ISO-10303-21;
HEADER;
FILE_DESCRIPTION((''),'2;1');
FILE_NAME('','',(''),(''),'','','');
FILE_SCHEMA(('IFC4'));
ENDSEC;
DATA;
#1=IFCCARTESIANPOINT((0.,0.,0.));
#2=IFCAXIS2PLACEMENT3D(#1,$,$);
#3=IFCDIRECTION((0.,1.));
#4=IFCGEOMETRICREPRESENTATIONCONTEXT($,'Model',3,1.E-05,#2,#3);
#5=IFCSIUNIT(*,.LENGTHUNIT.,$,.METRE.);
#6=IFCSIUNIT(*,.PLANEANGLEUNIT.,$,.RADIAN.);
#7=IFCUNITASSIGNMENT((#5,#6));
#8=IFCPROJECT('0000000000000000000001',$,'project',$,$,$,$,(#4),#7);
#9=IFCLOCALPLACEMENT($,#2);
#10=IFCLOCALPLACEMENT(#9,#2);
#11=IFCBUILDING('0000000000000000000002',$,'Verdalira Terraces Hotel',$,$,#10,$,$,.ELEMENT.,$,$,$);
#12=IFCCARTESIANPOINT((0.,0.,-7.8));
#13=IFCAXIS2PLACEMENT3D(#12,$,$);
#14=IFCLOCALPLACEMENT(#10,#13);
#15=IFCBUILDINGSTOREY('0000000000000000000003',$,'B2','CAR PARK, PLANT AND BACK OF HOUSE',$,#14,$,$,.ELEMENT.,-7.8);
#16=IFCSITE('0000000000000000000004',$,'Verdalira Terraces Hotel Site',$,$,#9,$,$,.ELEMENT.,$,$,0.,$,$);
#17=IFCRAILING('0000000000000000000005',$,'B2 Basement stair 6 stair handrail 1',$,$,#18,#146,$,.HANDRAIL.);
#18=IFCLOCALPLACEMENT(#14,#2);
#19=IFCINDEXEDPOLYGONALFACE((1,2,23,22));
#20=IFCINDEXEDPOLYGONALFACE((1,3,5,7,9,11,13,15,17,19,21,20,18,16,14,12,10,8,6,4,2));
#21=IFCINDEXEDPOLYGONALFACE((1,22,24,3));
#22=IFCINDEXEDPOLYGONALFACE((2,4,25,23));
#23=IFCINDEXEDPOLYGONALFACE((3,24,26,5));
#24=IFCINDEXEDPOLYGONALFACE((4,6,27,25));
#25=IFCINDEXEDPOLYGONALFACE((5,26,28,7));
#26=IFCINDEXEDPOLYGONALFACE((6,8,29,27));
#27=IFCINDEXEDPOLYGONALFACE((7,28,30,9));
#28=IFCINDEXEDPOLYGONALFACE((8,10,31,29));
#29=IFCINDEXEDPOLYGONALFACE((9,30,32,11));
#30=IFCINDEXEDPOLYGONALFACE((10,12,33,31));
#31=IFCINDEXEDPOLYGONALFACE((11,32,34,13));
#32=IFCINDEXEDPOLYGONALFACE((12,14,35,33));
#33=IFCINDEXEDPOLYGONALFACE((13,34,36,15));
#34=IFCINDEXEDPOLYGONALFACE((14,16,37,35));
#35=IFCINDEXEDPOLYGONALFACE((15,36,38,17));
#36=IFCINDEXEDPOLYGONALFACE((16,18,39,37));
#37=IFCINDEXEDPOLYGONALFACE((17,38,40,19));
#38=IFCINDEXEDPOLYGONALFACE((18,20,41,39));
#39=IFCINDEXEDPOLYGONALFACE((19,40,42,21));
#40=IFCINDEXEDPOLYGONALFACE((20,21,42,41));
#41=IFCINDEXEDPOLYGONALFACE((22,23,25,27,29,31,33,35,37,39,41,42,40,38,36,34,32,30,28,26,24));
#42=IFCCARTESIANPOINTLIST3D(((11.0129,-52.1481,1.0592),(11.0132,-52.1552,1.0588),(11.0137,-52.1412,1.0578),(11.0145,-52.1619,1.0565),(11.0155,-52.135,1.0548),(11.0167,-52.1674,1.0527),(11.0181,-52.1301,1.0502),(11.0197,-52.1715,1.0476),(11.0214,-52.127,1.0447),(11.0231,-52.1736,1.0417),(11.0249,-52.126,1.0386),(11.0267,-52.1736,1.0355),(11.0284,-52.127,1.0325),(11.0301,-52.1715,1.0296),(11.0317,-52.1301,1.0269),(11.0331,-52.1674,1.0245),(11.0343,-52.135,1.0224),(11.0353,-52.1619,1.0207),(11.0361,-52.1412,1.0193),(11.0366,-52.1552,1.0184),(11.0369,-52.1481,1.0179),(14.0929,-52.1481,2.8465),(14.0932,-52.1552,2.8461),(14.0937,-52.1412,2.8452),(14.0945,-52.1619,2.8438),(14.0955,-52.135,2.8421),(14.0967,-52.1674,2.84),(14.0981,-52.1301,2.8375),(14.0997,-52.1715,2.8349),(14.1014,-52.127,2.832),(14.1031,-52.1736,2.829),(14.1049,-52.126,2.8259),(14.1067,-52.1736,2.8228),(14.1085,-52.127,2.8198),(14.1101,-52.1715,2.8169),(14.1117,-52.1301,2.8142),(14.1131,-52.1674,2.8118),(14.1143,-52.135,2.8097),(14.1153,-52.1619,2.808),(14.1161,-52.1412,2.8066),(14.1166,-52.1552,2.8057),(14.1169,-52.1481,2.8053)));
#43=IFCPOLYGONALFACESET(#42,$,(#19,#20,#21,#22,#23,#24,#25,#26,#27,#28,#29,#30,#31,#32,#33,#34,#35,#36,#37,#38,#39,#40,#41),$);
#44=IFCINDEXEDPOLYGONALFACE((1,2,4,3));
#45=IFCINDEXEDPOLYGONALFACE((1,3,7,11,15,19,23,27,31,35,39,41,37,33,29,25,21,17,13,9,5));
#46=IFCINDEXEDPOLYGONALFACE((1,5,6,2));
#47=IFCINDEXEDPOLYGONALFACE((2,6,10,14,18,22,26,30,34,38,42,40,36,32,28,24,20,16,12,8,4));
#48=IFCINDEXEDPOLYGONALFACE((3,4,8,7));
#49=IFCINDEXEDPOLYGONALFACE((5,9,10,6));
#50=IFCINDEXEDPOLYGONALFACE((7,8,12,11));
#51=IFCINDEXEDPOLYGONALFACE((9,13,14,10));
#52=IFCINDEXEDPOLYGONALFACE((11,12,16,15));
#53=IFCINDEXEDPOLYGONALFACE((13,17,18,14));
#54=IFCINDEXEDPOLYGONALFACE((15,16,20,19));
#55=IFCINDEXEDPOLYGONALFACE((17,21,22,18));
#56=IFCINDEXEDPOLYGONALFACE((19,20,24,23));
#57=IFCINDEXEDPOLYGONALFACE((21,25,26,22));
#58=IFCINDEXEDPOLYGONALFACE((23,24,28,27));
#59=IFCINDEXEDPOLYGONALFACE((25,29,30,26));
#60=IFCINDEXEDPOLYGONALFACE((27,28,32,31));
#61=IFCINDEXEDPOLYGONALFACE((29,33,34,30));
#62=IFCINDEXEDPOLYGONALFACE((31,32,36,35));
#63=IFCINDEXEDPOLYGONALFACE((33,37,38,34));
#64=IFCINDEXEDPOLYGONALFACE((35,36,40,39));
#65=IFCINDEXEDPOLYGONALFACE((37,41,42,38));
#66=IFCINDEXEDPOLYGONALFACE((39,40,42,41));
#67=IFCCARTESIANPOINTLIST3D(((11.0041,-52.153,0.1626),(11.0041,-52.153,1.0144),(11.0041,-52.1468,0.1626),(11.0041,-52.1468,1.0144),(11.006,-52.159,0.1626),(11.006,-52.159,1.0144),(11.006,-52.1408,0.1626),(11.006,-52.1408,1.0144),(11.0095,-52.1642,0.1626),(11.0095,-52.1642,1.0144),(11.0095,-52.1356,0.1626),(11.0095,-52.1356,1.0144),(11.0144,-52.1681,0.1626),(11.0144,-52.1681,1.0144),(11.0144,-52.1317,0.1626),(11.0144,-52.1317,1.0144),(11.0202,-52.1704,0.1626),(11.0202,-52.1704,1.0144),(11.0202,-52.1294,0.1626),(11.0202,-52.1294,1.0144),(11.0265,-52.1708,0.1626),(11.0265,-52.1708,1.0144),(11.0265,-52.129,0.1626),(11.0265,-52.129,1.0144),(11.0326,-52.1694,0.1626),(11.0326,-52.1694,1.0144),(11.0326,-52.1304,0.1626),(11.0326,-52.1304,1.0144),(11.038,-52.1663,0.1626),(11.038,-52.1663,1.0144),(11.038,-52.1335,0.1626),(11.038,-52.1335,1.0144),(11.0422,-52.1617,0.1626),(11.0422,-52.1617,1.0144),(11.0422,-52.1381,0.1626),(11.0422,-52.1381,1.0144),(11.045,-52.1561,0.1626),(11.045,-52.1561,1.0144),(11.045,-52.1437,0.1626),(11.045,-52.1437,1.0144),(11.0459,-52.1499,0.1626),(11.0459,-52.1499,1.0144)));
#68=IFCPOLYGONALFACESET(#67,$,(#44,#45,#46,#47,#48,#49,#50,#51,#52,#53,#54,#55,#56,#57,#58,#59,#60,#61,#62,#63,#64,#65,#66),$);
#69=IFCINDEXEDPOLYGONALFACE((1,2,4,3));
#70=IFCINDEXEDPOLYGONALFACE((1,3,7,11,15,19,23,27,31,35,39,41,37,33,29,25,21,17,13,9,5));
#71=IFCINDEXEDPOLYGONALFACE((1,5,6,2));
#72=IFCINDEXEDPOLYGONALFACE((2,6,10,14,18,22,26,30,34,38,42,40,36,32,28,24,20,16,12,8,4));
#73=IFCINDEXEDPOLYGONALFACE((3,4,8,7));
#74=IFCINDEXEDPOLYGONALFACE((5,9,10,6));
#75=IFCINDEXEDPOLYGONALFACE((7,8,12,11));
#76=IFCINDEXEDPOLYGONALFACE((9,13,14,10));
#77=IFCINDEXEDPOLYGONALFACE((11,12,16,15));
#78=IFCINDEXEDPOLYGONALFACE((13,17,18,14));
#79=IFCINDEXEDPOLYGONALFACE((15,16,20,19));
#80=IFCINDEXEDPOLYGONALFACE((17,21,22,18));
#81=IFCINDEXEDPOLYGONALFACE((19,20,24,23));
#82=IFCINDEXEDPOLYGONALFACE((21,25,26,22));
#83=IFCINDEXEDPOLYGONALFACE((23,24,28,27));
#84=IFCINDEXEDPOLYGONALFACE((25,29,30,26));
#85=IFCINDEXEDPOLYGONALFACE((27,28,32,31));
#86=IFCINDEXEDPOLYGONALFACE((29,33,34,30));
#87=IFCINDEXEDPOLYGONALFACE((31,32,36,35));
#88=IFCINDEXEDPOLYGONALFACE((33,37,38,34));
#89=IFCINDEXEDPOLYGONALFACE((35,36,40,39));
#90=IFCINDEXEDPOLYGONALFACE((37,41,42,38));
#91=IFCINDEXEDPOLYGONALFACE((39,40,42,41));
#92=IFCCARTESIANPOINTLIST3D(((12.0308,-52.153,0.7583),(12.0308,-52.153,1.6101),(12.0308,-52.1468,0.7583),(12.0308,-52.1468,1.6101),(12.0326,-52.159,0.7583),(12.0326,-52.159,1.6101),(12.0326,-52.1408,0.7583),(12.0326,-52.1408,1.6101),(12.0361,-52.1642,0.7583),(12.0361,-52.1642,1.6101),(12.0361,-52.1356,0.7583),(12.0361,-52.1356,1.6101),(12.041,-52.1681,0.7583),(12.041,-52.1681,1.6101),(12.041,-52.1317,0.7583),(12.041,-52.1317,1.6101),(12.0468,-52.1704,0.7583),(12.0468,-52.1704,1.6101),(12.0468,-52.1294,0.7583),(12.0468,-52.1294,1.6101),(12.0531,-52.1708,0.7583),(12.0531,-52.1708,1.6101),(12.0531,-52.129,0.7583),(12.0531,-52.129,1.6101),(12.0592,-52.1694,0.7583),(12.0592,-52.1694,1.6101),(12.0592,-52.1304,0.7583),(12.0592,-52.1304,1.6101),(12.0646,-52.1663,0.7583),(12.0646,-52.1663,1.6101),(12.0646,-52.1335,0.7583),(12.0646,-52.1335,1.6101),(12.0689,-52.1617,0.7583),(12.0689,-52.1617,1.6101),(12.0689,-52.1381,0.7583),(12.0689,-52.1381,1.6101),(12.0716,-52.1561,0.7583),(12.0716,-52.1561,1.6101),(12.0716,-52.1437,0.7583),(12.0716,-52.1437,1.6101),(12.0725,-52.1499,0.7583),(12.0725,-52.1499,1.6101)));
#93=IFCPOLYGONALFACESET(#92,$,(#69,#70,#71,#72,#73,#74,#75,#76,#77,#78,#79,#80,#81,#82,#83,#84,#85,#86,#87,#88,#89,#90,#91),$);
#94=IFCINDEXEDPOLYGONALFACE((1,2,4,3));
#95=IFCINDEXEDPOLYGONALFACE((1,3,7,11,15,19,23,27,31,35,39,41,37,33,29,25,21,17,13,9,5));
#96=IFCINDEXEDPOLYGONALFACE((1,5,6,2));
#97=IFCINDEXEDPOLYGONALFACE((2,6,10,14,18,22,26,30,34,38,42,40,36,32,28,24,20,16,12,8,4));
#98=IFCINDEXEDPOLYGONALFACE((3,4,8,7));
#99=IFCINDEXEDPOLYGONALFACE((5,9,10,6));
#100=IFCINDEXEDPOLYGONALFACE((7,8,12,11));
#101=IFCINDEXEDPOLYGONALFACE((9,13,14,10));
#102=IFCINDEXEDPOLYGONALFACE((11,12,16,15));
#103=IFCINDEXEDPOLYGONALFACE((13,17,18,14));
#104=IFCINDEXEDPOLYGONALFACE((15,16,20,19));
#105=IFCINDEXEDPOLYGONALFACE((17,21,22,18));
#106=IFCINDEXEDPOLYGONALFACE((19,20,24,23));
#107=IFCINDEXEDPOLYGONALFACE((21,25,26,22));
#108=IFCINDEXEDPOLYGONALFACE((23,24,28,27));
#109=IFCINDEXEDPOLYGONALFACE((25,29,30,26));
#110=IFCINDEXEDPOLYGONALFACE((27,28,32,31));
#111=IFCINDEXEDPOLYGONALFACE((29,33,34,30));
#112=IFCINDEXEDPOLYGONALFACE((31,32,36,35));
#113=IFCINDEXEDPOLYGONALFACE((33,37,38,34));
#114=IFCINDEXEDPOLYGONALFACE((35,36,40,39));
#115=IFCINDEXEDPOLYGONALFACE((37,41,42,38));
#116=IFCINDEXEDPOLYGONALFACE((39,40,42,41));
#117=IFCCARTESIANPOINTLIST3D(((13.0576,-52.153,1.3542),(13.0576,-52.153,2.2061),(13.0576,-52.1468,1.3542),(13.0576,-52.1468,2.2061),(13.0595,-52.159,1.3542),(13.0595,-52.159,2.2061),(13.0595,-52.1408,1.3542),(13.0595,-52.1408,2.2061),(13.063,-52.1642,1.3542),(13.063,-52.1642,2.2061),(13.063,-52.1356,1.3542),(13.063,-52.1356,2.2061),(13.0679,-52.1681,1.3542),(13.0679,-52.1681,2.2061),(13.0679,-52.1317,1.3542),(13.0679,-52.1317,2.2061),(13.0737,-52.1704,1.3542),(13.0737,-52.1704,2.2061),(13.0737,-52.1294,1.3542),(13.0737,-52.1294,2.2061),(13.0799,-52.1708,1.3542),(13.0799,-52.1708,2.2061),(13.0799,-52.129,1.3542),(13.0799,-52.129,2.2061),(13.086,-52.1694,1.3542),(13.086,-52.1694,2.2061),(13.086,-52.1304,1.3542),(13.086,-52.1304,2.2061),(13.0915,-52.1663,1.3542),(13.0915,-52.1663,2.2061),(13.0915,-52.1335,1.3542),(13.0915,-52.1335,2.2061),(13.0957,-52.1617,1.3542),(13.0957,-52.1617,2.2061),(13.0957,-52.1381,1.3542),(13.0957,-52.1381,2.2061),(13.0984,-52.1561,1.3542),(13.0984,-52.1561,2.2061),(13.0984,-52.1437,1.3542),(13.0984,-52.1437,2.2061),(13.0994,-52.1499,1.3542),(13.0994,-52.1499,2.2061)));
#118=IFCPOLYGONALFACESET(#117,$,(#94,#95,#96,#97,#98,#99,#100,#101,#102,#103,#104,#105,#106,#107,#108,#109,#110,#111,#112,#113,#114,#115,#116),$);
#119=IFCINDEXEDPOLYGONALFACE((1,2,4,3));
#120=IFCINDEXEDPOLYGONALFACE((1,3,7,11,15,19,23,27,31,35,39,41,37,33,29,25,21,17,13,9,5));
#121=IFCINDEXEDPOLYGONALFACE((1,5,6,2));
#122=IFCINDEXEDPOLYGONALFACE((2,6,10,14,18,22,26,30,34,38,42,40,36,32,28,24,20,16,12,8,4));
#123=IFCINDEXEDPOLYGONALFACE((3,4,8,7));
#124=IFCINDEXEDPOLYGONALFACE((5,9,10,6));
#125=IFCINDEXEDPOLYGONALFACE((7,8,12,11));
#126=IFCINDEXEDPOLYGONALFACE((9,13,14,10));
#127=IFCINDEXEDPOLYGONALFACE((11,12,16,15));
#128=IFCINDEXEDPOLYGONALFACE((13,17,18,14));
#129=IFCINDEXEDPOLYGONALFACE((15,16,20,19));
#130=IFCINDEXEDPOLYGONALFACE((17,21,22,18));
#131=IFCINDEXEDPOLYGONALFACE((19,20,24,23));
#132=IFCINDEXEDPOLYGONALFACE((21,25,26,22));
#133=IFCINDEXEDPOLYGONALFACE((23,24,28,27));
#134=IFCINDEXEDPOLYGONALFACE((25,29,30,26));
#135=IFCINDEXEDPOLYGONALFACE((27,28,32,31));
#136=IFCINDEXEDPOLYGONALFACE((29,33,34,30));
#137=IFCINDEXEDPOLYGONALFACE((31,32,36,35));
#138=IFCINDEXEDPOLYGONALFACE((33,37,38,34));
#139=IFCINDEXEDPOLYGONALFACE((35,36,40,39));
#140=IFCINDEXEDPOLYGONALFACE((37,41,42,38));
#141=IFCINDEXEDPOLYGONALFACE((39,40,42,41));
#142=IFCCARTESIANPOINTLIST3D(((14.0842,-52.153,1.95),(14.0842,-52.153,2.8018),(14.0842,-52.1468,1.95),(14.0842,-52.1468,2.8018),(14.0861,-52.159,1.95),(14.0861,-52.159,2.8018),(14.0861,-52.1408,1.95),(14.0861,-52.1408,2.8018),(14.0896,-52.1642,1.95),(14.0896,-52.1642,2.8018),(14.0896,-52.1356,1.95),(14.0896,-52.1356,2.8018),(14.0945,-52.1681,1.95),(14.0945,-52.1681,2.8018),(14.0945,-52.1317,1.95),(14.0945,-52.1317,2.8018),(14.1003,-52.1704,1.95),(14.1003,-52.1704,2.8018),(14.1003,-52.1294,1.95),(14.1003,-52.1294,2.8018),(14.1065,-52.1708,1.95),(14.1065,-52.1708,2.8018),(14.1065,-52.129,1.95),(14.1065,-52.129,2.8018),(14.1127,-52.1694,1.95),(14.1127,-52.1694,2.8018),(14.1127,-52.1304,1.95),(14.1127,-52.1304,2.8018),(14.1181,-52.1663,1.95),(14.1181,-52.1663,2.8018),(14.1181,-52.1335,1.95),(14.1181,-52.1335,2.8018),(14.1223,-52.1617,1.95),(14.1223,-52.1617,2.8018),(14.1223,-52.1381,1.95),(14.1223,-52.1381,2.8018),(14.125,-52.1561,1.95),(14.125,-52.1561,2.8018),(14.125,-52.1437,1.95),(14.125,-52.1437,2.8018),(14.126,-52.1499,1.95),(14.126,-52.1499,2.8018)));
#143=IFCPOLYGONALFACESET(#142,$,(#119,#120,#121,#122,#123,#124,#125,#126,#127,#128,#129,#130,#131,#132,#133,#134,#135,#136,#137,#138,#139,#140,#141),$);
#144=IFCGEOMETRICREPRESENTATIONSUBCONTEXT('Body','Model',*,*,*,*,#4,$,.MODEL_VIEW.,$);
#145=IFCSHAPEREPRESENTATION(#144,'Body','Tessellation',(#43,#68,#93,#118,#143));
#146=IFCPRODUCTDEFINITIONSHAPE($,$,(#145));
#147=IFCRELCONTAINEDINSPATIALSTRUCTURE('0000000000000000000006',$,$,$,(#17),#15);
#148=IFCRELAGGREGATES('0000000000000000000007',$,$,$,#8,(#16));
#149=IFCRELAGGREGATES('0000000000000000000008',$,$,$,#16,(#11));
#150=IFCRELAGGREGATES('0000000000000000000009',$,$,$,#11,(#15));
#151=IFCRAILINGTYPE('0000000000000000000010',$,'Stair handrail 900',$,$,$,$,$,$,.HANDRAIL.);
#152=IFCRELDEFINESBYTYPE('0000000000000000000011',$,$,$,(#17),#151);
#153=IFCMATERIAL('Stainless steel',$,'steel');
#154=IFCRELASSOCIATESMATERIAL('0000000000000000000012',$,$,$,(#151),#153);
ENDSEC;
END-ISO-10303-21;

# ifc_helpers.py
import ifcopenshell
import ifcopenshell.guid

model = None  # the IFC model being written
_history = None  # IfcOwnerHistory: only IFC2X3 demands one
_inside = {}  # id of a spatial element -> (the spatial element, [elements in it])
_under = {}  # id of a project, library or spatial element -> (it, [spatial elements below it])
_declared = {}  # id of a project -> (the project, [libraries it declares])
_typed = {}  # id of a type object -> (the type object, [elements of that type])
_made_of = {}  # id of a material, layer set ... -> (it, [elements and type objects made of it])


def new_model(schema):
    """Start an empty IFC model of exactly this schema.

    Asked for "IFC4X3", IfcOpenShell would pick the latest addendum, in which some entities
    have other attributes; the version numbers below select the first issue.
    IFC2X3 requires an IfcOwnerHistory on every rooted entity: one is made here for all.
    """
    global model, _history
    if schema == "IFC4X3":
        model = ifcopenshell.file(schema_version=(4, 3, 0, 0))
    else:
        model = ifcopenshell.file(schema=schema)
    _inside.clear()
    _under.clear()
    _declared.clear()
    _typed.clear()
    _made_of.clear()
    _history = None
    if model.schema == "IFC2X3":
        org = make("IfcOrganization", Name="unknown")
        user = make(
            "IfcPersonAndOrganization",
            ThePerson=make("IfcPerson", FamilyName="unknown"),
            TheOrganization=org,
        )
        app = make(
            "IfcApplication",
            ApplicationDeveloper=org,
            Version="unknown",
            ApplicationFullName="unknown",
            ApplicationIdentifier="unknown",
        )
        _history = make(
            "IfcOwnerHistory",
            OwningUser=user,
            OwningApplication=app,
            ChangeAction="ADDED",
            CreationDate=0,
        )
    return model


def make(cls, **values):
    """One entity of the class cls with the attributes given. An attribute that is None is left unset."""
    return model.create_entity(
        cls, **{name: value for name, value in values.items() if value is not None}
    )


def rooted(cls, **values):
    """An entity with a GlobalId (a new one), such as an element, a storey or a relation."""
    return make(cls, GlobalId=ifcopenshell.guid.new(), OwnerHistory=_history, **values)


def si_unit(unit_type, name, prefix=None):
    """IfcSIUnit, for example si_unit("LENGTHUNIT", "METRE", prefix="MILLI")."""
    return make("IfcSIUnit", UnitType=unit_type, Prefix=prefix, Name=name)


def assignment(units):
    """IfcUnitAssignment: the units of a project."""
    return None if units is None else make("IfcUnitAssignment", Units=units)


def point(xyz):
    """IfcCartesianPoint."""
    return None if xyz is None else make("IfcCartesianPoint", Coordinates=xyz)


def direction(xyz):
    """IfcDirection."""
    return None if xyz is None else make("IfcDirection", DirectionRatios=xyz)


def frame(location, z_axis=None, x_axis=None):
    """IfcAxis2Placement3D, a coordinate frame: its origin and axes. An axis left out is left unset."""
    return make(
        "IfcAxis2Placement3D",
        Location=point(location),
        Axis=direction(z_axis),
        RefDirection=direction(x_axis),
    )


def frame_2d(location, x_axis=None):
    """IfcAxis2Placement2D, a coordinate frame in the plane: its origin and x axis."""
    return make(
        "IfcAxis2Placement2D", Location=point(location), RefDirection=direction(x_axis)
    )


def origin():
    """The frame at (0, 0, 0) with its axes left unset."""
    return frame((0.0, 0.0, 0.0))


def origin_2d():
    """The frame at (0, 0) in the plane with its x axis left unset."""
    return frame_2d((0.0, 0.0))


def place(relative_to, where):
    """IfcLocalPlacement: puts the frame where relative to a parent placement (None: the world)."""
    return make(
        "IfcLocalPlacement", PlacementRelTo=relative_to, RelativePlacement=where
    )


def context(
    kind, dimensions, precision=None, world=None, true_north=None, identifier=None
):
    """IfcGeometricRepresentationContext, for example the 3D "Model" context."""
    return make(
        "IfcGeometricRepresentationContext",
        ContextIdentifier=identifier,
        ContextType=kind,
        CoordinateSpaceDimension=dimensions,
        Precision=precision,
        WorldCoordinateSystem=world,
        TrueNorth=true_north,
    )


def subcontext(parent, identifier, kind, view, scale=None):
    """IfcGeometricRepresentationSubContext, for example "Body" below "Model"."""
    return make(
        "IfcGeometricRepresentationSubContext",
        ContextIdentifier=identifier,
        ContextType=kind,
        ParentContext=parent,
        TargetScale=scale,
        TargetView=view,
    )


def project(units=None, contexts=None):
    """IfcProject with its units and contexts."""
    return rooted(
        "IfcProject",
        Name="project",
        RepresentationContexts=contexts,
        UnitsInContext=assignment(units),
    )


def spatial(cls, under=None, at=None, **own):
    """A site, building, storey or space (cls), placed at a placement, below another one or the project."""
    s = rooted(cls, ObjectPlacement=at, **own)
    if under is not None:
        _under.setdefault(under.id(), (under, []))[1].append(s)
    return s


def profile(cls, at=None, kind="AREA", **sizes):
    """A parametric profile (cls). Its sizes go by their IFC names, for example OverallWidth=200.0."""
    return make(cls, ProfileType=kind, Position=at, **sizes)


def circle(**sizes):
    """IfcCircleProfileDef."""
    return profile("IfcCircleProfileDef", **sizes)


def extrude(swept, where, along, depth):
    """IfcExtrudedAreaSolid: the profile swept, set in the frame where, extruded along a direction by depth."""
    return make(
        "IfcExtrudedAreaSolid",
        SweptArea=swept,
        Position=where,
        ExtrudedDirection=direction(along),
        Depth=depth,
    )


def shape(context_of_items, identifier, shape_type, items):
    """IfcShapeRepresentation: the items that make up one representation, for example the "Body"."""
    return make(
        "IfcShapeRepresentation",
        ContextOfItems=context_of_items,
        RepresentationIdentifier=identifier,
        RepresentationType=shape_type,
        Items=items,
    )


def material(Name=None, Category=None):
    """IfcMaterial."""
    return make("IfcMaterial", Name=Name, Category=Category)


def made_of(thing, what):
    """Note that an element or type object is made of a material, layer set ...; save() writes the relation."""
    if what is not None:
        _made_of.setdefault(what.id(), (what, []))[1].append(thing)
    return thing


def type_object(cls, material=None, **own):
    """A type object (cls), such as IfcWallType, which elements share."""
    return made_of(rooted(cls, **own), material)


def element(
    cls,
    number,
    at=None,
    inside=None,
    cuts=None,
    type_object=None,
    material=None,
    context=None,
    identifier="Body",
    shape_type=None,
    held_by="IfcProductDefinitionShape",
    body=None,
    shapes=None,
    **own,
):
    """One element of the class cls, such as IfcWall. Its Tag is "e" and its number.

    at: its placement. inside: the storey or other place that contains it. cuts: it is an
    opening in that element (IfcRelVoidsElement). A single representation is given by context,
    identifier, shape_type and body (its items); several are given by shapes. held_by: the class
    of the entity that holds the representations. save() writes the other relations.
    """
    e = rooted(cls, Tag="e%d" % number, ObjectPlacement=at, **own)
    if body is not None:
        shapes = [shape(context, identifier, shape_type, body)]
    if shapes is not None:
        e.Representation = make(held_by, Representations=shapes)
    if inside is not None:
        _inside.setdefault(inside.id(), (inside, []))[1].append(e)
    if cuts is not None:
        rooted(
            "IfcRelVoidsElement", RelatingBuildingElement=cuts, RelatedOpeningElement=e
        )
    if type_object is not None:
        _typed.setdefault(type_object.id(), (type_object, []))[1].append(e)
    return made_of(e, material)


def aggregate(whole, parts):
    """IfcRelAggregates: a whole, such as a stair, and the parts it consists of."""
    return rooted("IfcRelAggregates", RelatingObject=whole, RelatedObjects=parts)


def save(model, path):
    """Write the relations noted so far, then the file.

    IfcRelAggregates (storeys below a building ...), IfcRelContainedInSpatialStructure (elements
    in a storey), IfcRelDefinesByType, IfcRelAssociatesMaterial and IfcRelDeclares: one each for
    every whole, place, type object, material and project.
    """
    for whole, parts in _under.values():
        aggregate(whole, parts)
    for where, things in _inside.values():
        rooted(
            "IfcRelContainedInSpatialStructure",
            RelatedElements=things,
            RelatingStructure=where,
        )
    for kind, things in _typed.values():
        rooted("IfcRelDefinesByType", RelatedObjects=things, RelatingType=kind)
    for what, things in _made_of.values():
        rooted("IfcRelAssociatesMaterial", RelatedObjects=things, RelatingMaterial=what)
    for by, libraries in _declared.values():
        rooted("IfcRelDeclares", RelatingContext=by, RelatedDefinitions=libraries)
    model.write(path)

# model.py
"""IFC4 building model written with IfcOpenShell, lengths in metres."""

from ifc_helpers import new_model, si_unit, direction, frame, origin, origin_2d, place, context, subcontext, project, spatial, circle, extrude, material, type_object, element, save


model = new_model("IFC4")

# Units and contexts
model_context = context("Model", 3, precision=1e-05, world=origin(), true_north=direction((0.0, 1.0)))
body_context = subcontext(model_context, "Body", "Model", "MODEL_VIEW")
ifc_project = project(units=[si_unit("LENGTHUNIT", "METRE"), si_unit("PLANEANGLEUNIT", "RADIAN")], contexts=[model_context])

# Site, building, storey
site_placement = place(None, origin())
site = spatial("IfcSite", under=ifc_project, at=site_placement, Name="Verdalira Terraces Hotel Site", CompositionType="ELEMENT", RefElevation=0.0)
building_placement = place(site_placement, origin())
building = spatial("IfcBuilding", under=site, at=building_placement, Name="Verdalira Terraces Hotel", CompositionType="ELEMENT")
storey_placement = place(building_placement, frame((0.0, 0.0, -7.8)))
storey = spatial("IfcBuildingStorey", under=building, at=storey_placement, Name="B2", Description="CAR PARK, PLANT AND BACK OF HOUSE", CompositionType="ELEMENT", Elevation=-7.8)

# Railing
ifc_material_1 = material(Name="Stainless steel", Category="steel")
railing_type_1 = type_object("IfcRailingType", Name="Stair handrail 900", PredefinedType="HANDRAIL", material=ifc_material_1)
railing_1_placement = place(storey_placement, frame((11.0249, -52.1499, 0.1626)))
element("IfcRailing", 1, at=railing_1_placement, inside=storey, type_object=railing_type_1, Name="B2 Basement stair 6 stair handrail 1", PredefinedType="HANDRAIL", context=body_context, shape_type="SweptSolid", body=[
    extrude(circle(Radius=0.0239, at=origin_2d()), frame((0.0, 0.0, 0.876), z_axis=(0.86492, 0.0, 0.501909), x_axis=(0.0, 1.0, 0.0)), (0.0, 0.0, 1.0), 3.561),
    extrude(circle(Radius=0.021, at=origin_2d()), origin(), (0.0, 0.0, 1.0), 0.8518),
    extrude(circle(Radius=0.021, at=origin_2d()), frame((1.0266, 0.0, 0.5957)), (0.0, 0.0, 1.0), 0.8518),
    extrude(circle(Radius=0.021, at=origin_2d()), frame((2.0535, 0.0, 1.1917)), (0.0, 0.0, 1.0), 0.8518),
    extrude(circle(Radius=0.021, at=origin_2d()), frame((3.0801, 0.0, 1.7874)), (0.0, 0.0, 1.0), 0.8518),
])

save(model, "model.ifc")
